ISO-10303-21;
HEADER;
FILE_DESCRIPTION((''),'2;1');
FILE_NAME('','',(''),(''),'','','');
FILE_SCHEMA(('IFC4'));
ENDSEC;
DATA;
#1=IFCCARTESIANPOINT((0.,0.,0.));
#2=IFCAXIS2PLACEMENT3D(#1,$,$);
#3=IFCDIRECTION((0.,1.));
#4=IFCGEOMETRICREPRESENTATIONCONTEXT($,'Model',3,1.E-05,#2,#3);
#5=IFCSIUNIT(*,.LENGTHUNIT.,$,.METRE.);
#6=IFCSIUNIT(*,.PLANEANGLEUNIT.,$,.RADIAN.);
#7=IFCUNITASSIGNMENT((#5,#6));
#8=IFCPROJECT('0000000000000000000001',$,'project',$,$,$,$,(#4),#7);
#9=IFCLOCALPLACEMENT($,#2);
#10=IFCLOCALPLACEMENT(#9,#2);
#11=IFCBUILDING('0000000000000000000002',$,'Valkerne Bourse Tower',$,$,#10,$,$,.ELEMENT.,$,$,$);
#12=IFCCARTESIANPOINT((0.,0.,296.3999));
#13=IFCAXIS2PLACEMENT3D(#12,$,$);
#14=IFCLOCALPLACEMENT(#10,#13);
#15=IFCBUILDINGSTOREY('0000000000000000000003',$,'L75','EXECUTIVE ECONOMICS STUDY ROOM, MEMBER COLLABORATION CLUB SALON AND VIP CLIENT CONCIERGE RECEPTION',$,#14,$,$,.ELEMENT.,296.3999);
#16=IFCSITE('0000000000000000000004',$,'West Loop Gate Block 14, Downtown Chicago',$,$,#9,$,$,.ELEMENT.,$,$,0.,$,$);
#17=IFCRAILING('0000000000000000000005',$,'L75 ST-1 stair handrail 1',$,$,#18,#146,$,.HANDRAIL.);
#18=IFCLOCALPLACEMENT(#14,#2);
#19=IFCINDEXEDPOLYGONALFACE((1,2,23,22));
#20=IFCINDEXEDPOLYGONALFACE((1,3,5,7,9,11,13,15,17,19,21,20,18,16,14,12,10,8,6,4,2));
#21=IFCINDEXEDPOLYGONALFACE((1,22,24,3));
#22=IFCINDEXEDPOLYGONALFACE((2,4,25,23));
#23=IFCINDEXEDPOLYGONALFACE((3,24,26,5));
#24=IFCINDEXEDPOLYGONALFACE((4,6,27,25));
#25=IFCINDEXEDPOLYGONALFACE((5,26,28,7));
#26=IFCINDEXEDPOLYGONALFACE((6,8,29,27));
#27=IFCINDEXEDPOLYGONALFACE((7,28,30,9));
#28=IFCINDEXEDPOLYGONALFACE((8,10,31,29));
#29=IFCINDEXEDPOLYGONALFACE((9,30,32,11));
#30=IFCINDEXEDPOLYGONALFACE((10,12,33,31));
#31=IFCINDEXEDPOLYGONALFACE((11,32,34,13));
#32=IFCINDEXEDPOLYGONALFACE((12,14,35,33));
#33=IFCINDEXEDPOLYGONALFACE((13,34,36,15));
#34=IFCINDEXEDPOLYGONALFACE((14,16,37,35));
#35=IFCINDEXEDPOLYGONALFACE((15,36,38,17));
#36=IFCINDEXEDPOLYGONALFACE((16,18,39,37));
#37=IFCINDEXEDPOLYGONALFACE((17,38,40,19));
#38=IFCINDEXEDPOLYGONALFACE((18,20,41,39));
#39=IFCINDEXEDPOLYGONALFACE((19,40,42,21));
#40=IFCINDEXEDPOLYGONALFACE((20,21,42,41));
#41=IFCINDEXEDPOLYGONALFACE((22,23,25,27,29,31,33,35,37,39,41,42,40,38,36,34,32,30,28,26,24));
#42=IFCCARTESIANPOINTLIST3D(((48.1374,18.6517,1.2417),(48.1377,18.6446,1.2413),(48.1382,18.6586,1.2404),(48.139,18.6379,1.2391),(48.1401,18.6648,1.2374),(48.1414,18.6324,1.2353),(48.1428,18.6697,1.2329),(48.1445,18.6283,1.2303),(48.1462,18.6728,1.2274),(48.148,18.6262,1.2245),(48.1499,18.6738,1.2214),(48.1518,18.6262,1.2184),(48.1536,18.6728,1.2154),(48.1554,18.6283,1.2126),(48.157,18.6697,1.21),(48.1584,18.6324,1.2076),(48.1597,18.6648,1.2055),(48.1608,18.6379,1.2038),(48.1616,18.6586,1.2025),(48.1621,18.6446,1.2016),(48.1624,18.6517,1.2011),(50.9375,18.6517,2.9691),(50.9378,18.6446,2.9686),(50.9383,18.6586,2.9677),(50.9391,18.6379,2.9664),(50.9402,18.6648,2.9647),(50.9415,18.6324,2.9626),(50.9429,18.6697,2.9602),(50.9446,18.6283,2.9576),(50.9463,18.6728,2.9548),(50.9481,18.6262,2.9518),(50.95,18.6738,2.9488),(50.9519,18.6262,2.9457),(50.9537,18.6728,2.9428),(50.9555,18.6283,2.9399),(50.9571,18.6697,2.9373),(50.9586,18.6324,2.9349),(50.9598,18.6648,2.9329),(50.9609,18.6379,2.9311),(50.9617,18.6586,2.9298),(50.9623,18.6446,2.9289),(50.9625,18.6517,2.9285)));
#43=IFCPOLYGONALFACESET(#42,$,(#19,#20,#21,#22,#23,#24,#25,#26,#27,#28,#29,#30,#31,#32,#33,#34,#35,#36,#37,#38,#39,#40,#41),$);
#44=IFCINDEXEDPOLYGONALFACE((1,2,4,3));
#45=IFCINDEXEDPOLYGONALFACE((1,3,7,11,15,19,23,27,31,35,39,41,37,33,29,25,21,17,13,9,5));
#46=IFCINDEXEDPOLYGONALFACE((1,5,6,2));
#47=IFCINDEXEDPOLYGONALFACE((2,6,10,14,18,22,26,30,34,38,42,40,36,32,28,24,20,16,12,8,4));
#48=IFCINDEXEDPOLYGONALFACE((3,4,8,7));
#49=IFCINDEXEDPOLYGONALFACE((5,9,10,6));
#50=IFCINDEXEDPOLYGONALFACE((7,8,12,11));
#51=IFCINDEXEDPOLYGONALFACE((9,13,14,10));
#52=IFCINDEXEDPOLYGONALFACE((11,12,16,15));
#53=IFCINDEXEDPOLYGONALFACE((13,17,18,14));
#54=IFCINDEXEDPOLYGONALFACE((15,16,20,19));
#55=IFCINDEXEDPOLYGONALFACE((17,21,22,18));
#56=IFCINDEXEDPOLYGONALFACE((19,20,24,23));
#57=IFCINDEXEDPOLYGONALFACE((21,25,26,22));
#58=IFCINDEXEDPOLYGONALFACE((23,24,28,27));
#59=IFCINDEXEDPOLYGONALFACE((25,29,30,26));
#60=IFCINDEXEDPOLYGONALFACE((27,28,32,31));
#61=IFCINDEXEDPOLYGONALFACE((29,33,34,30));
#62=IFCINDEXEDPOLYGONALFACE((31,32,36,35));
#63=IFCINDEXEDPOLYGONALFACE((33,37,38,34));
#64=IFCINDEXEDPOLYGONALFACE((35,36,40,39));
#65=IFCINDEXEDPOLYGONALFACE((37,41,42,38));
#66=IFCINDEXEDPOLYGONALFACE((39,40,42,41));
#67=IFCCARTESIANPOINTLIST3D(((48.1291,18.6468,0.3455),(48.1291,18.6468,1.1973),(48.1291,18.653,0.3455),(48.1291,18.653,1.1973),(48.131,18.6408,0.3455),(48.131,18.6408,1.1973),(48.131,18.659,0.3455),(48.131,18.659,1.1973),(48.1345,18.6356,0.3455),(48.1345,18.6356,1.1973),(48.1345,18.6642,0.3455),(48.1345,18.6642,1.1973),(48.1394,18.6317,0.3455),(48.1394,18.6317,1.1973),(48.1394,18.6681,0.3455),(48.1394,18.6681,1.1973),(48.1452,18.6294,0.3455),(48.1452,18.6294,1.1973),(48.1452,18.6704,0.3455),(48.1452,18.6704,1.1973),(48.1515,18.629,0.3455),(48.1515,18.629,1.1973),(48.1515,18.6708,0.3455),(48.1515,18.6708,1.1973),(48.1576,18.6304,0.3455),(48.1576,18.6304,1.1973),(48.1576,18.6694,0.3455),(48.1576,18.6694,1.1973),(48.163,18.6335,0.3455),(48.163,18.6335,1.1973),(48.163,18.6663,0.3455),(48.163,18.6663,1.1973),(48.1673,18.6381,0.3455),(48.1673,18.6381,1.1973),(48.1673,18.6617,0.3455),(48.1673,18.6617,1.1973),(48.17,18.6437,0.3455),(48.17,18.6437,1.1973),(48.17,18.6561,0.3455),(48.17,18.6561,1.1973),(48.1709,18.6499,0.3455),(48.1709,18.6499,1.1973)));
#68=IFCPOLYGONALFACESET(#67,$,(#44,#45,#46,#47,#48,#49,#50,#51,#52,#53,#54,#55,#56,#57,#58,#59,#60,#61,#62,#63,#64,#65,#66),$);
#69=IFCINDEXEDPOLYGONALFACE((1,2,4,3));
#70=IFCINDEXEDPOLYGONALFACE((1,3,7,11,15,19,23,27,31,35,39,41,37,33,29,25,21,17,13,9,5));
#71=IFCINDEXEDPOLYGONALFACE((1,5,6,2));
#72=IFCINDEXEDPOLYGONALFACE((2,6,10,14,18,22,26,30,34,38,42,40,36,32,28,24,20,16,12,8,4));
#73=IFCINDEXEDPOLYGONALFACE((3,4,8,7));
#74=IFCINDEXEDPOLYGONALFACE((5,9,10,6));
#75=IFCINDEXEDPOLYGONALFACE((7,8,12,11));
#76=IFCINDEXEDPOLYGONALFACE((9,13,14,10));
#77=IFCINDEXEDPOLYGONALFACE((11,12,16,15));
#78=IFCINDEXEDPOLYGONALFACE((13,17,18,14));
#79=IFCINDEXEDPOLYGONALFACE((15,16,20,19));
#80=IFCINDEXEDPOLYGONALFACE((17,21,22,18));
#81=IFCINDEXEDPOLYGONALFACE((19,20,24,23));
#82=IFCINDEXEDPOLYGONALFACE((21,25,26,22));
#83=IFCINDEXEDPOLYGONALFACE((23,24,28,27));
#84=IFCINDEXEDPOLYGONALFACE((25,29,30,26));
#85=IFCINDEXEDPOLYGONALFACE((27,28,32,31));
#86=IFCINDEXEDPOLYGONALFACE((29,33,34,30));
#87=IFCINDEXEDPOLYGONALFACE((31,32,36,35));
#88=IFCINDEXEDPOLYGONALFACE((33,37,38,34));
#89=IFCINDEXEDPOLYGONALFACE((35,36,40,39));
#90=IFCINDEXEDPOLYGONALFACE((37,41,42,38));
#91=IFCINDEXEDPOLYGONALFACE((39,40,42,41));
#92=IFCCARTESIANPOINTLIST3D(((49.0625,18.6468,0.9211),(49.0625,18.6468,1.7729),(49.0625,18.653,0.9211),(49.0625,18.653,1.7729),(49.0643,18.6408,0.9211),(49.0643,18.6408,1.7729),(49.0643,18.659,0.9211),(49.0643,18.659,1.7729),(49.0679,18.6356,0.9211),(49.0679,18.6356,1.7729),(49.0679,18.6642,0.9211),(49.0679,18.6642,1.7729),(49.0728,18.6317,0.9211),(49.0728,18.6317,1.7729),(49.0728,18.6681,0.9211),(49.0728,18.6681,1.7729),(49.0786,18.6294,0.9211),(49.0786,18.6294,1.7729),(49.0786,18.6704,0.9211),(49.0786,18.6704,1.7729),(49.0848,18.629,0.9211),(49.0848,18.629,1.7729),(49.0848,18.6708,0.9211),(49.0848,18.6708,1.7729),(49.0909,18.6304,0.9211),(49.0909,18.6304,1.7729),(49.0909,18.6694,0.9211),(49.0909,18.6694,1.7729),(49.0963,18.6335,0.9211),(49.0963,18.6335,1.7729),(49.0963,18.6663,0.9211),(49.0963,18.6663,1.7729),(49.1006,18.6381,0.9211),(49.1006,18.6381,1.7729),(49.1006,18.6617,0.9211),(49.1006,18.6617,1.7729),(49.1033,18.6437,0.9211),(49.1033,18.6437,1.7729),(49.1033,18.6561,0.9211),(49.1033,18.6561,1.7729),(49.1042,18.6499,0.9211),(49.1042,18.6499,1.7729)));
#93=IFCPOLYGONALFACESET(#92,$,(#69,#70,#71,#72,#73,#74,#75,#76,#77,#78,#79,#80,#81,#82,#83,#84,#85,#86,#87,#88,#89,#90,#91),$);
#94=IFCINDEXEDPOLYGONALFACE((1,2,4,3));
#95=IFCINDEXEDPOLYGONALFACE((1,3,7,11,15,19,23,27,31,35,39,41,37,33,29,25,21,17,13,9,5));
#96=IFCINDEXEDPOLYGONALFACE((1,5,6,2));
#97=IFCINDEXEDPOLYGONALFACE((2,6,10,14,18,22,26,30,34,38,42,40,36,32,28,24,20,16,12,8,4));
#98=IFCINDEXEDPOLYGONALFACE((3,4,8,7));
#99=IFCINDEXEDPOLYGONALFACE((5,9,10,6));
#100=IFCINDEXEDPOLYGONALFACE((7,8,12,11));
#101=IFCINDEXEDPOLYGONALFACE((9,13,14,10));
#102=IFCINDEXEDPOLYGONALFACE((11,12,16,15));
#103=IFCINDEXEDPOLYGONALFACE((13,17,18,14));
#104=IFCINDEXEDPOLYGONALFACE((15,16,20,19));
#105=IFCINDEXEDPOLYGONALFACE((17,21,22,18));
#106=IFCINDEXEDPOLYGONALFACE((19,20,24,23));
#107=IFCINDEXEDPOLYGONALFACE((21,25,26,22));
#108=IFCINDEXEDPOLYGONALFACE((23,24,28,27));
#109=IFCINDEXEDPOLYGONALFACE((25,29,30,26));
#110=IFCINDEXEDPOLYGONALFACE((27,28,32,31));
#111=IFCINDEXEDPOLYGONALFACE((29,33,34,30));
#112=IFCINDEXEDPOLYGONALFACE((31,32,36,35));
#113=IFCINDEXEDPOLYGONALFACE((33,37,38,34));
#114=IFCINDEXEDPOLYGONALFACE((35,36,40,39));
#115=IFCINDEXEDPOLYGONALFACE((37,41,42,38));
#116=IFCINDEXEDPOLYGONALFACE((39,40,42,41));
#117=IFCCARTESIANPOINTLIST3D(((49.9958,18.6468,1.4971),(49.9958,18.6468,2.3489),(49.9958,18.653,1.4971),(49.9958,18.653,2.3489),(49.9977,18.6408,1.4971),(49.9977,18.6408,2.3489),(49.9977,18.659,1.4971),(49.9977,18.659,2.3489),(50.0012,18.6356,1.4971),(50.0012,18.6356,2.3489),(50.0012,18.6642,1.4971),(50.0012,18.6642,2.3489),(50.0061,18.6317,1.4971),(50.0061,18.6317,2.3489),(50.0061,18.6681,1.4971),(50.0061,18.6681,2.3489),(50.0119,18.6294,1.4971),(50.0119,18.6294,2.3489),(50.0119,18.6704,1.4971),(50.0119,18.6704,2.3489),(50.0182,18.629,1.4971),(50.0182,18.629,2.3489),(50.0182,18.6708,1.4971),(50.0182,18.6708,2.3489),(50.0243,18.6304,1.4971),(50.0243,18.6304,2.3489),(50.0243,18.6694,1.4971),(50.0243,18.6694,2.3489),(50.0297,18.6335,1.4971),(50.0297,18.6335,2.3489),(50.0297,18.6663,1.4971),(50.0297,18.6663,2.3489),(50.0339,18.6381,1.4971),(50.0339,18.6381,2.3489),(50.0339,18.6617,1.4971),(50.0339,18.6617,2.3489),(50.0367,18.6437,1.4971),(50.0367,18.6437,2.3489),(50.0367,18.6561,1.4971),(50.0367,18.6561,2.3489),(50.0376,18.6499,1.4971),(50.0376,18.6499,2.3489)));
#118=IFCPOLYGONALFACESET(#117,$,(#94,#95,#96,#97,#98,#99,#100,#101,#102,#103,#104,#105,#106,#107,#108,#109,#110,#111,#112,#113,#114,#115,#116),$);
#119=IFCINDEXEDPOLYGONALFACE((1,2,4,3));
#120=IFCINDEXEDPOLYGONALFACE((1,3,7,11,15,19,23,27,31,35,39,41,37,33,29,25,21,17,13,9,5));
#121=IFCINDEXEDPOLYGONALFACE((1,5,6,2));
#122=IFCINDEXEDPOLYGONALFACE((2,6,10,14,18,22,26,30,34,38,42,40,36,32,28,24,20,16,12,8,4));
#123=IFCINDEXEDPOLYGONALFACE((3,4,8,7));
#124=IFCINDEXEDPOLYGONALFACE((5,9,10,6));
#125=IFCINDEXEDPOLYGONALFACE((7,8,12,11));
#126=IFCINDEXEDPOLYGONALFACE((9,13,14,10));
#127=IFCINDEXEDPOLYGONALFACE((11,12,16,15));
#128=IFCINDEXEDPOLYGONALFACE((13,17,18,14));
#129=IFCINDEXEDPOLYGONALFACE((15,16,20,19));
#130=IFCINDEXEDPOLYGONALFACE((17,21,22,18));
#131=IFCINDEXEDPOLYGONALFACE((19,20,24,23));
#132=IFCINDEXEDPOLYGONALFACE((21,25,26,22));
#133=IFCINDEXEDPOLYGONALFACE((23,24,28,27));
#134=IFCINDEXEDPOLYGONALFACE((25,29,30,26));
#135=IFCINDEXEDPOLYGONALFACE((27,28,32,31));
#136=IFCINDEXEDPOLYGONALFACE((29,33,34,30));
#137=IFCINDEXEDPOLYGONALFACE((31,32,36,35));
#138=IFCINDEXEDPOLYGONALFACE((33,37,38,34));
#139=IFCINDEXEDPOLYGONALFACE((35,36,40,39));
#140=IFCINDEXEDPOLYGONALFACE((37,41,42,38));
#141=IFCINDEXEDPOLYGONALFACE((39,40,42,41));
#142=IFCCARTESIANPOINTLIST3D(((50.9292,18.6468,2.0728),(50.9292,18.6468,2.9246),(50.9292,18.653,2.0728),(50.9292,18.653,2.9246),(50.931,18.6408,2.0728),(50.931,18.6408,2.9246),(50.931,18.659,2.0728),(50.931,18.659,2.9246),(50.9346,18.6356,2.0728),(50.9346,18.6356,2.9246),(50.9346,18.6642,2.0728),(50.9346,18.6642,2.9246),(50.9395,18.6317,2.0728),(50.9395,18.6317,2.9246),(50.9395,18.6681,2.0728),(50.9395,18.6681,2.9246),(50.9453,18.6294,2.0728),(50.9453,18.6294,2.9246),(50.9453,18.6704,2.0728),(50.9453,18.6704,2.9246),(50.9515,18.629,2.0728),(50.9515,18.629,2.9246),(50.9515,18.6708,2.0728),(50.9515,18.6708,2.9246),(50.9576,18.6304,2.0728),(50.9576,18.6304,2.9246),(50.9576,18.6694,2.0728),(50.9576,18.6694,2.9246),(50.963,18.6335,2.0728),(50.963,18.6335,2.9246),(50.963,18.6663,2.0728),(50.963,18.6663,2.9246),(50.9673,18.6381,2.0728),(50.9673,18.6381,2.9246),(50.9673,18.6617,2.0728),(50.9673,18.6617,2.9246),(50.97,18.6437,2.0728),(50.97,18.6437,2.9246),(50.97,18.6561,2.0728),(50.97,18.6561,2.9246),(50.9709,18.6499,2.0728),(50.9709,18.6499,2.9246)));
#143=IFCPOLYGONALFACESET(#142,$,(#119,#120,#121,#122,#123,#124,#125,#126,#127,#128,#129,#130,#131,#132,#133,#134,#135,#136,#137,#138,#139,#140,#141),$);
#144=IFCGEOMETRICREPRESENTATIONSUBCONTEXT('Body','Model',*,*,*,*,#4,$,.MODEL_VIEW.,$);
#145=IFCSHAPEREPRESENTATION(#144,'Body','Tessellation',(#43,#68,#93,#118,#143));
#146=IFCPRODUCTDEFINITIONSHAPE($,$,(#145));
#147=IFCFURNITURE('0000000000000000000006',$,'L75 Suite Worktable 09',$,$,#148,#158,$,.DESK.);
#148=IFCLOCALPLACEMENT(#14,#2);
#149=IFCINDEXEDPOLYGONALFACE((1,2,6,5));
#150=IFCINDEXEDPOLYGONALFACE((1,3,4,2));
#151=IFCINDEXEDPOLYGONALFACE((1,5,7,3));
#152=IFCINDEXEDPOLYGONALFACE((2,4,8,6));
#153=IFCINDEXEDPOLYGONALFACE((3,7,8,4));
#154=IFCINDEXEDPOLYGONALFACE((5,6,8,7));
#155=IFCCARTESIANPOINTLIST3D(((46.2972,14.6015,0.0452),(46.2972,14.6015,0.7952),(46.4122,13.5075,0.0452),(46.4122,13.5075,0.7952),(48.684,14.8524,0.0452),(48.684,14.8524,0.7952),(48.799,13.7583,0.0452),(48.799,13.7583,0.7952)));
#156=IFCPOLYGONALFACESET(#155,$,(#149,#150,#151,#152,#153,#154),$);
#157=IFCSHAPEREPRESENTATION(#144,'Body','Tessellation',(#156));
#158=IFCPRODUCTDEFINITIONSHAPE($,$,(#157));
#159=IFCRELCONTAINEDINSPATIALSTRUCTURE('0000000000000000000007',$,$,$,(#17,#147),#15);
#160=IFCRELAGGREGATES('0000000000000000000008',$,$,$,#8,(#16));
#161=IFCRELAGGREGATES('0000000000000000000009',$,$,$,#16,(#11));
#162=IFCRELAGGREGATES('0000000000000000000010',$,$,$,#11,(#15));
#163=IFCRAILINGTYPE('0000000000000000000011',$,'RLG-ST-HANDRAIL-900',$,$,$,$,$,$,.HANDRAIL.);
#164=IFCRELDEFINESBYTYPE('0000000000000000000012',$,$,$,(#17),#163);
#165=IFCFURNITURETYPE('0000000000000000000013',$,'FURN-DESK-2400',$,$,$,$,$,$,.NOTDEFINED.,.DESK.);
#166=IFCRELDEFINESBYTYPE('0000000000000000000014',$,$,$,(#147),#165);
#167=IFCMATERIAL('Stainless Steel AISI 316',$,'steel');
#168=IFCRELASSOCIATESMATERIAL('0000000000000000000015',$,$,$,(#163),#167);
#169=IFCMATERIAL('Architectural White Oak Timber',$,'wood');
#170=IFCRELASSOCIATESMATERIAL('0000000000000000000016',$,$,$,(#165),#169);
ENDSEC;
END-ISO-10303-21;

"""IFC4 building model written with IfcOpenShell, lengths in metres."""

from ifc_helpers import new_model, si_unit, direction, frame, origin, origin_2d, place, context, subcontext, project, spatial, rectangle, circle, extrude, material, type_object, element, save


model = new_model("IFC4")

# Units and contexts
model_context = context("Model", 3, precision=1e-05, world=origin(), true_north=direction((0.0, 1.0)))
body_context = subcontext(model_context, "Body", "Model", "MODEL_VIEW")
ifc_project = project(units=[si_unit("LENGTHUNIT", "METRE"), si_unit("PLANEANGLEUNIT", "RADIAN")], contexts=[model_context])

# Site, building, storey
site_placement = place(None, origin())
site = spatial("IfcSite", under=ifc_project, at=site_placement, Name="West Loop Gate Block 14, Downtown Chicago", CompositionType="ELEMENT", RefElevation=0.0)
building_placement = place(site_placement, origin())
building = spatial("IfcBuilding", under=site, at=building_placement, Name="Valkerne Bourse Tower", CompositionType="ELEMENT")
storey_placement = place(building_placement, frame((0.0, 0.0, 296.3999)))
storey = spatial("IfcBuildingStorey", under=building, at=storey_placement, Name="L75", Description="EXECUTIVE ECONOMICS STUDY ROOM, MEMBER COLLABORATION CLUB SALON AND VIP CLIENT CONCIERGE RECEPTION", CompositionType="ELEMENT", Elevation=296.3999)

# Shared definitions
ifc_material_1 = material(Name="Stainless Steel AISI 316", Category="steel")

# Shared definitions
ifc_material_2 = material(Name="Architectural White Oak Timber", Category="wood")

# Railing
railing_type_1 = type_object("IfcRailingType", Name="RLG-ST-HANDRAIL-900", PredefinedType="HANDRAIL", material=ifc_material_1)
railing_1_placement = place(storey_placement, frame((48.1499, 18.6499, 0.3455)))
element("IfcRailing", 1, at=railing_1_placement, inside=storey, type_object=railing_type_1, Name="L75 ST-1 stair handrail 1", PredefinedType="HANDRAIL", context=body_context, shape_type="SweptSolid", body=[
    extrude(circle(Radius=0.0239, at=origin_2d()), frame((0.0, 0.0, 0.876), z_axis=(0.85109, 0.0, 0.52502), x_axis=(0.0, 1.0, 0.0)), (0.0, 0.0, 1.0), 3.29),
    extrude(circle(Radius=0.021, at=origin_2d()), origin(), (0.0, 0.0, 1.0), 0.8518),
    extrude(circle(Radius=0.021, at=origin_2d()), frame((0.9333, 0.0, 0.5757)), (0.0, 0.0, 1.0), 0.8518),
    extrude(circle(Radius=0.021, at=origin_2d()), frame((1.8667, 0.0, 1.1516)), (0.0, 0.0, 1.0), 0.8518),
    extrude(circle(Radius=0.021, at=origin_2d()), frame((2.8, 0.0, 1.7273)), (0.0, 0.0, 1.0), 0.8518),
])

# Furniture
furniture_type = type_object("IfcFurnitureType", Name="FURN-DESK-2400", AssemblyPlace="NOTDEFINED", PredefinedType="DESK", material=ifc_material_2)
furniture_placement = place(storey_placement, frame((47.5481, 14.1799, 0.0452), z_axis=(0.0, 0.0, 1.0), x_axis=(0.994522, 0.104528, 0.0)))
element("IfcFurniture", 2, at=furniture_placement, inside=storey, type_object=furniture_type, Name="L75 Suite Worktable 09", PredefinedType="DESK", context=body_context, shape_type="SweptSolid", body=[
    extrude(rectangle(XDim=2.3999, YDim=1.1001, at=origin_2d()), origin(), (0.0, 0.0, 1.0), 0.75),
])

save(model, "model.ifc")
